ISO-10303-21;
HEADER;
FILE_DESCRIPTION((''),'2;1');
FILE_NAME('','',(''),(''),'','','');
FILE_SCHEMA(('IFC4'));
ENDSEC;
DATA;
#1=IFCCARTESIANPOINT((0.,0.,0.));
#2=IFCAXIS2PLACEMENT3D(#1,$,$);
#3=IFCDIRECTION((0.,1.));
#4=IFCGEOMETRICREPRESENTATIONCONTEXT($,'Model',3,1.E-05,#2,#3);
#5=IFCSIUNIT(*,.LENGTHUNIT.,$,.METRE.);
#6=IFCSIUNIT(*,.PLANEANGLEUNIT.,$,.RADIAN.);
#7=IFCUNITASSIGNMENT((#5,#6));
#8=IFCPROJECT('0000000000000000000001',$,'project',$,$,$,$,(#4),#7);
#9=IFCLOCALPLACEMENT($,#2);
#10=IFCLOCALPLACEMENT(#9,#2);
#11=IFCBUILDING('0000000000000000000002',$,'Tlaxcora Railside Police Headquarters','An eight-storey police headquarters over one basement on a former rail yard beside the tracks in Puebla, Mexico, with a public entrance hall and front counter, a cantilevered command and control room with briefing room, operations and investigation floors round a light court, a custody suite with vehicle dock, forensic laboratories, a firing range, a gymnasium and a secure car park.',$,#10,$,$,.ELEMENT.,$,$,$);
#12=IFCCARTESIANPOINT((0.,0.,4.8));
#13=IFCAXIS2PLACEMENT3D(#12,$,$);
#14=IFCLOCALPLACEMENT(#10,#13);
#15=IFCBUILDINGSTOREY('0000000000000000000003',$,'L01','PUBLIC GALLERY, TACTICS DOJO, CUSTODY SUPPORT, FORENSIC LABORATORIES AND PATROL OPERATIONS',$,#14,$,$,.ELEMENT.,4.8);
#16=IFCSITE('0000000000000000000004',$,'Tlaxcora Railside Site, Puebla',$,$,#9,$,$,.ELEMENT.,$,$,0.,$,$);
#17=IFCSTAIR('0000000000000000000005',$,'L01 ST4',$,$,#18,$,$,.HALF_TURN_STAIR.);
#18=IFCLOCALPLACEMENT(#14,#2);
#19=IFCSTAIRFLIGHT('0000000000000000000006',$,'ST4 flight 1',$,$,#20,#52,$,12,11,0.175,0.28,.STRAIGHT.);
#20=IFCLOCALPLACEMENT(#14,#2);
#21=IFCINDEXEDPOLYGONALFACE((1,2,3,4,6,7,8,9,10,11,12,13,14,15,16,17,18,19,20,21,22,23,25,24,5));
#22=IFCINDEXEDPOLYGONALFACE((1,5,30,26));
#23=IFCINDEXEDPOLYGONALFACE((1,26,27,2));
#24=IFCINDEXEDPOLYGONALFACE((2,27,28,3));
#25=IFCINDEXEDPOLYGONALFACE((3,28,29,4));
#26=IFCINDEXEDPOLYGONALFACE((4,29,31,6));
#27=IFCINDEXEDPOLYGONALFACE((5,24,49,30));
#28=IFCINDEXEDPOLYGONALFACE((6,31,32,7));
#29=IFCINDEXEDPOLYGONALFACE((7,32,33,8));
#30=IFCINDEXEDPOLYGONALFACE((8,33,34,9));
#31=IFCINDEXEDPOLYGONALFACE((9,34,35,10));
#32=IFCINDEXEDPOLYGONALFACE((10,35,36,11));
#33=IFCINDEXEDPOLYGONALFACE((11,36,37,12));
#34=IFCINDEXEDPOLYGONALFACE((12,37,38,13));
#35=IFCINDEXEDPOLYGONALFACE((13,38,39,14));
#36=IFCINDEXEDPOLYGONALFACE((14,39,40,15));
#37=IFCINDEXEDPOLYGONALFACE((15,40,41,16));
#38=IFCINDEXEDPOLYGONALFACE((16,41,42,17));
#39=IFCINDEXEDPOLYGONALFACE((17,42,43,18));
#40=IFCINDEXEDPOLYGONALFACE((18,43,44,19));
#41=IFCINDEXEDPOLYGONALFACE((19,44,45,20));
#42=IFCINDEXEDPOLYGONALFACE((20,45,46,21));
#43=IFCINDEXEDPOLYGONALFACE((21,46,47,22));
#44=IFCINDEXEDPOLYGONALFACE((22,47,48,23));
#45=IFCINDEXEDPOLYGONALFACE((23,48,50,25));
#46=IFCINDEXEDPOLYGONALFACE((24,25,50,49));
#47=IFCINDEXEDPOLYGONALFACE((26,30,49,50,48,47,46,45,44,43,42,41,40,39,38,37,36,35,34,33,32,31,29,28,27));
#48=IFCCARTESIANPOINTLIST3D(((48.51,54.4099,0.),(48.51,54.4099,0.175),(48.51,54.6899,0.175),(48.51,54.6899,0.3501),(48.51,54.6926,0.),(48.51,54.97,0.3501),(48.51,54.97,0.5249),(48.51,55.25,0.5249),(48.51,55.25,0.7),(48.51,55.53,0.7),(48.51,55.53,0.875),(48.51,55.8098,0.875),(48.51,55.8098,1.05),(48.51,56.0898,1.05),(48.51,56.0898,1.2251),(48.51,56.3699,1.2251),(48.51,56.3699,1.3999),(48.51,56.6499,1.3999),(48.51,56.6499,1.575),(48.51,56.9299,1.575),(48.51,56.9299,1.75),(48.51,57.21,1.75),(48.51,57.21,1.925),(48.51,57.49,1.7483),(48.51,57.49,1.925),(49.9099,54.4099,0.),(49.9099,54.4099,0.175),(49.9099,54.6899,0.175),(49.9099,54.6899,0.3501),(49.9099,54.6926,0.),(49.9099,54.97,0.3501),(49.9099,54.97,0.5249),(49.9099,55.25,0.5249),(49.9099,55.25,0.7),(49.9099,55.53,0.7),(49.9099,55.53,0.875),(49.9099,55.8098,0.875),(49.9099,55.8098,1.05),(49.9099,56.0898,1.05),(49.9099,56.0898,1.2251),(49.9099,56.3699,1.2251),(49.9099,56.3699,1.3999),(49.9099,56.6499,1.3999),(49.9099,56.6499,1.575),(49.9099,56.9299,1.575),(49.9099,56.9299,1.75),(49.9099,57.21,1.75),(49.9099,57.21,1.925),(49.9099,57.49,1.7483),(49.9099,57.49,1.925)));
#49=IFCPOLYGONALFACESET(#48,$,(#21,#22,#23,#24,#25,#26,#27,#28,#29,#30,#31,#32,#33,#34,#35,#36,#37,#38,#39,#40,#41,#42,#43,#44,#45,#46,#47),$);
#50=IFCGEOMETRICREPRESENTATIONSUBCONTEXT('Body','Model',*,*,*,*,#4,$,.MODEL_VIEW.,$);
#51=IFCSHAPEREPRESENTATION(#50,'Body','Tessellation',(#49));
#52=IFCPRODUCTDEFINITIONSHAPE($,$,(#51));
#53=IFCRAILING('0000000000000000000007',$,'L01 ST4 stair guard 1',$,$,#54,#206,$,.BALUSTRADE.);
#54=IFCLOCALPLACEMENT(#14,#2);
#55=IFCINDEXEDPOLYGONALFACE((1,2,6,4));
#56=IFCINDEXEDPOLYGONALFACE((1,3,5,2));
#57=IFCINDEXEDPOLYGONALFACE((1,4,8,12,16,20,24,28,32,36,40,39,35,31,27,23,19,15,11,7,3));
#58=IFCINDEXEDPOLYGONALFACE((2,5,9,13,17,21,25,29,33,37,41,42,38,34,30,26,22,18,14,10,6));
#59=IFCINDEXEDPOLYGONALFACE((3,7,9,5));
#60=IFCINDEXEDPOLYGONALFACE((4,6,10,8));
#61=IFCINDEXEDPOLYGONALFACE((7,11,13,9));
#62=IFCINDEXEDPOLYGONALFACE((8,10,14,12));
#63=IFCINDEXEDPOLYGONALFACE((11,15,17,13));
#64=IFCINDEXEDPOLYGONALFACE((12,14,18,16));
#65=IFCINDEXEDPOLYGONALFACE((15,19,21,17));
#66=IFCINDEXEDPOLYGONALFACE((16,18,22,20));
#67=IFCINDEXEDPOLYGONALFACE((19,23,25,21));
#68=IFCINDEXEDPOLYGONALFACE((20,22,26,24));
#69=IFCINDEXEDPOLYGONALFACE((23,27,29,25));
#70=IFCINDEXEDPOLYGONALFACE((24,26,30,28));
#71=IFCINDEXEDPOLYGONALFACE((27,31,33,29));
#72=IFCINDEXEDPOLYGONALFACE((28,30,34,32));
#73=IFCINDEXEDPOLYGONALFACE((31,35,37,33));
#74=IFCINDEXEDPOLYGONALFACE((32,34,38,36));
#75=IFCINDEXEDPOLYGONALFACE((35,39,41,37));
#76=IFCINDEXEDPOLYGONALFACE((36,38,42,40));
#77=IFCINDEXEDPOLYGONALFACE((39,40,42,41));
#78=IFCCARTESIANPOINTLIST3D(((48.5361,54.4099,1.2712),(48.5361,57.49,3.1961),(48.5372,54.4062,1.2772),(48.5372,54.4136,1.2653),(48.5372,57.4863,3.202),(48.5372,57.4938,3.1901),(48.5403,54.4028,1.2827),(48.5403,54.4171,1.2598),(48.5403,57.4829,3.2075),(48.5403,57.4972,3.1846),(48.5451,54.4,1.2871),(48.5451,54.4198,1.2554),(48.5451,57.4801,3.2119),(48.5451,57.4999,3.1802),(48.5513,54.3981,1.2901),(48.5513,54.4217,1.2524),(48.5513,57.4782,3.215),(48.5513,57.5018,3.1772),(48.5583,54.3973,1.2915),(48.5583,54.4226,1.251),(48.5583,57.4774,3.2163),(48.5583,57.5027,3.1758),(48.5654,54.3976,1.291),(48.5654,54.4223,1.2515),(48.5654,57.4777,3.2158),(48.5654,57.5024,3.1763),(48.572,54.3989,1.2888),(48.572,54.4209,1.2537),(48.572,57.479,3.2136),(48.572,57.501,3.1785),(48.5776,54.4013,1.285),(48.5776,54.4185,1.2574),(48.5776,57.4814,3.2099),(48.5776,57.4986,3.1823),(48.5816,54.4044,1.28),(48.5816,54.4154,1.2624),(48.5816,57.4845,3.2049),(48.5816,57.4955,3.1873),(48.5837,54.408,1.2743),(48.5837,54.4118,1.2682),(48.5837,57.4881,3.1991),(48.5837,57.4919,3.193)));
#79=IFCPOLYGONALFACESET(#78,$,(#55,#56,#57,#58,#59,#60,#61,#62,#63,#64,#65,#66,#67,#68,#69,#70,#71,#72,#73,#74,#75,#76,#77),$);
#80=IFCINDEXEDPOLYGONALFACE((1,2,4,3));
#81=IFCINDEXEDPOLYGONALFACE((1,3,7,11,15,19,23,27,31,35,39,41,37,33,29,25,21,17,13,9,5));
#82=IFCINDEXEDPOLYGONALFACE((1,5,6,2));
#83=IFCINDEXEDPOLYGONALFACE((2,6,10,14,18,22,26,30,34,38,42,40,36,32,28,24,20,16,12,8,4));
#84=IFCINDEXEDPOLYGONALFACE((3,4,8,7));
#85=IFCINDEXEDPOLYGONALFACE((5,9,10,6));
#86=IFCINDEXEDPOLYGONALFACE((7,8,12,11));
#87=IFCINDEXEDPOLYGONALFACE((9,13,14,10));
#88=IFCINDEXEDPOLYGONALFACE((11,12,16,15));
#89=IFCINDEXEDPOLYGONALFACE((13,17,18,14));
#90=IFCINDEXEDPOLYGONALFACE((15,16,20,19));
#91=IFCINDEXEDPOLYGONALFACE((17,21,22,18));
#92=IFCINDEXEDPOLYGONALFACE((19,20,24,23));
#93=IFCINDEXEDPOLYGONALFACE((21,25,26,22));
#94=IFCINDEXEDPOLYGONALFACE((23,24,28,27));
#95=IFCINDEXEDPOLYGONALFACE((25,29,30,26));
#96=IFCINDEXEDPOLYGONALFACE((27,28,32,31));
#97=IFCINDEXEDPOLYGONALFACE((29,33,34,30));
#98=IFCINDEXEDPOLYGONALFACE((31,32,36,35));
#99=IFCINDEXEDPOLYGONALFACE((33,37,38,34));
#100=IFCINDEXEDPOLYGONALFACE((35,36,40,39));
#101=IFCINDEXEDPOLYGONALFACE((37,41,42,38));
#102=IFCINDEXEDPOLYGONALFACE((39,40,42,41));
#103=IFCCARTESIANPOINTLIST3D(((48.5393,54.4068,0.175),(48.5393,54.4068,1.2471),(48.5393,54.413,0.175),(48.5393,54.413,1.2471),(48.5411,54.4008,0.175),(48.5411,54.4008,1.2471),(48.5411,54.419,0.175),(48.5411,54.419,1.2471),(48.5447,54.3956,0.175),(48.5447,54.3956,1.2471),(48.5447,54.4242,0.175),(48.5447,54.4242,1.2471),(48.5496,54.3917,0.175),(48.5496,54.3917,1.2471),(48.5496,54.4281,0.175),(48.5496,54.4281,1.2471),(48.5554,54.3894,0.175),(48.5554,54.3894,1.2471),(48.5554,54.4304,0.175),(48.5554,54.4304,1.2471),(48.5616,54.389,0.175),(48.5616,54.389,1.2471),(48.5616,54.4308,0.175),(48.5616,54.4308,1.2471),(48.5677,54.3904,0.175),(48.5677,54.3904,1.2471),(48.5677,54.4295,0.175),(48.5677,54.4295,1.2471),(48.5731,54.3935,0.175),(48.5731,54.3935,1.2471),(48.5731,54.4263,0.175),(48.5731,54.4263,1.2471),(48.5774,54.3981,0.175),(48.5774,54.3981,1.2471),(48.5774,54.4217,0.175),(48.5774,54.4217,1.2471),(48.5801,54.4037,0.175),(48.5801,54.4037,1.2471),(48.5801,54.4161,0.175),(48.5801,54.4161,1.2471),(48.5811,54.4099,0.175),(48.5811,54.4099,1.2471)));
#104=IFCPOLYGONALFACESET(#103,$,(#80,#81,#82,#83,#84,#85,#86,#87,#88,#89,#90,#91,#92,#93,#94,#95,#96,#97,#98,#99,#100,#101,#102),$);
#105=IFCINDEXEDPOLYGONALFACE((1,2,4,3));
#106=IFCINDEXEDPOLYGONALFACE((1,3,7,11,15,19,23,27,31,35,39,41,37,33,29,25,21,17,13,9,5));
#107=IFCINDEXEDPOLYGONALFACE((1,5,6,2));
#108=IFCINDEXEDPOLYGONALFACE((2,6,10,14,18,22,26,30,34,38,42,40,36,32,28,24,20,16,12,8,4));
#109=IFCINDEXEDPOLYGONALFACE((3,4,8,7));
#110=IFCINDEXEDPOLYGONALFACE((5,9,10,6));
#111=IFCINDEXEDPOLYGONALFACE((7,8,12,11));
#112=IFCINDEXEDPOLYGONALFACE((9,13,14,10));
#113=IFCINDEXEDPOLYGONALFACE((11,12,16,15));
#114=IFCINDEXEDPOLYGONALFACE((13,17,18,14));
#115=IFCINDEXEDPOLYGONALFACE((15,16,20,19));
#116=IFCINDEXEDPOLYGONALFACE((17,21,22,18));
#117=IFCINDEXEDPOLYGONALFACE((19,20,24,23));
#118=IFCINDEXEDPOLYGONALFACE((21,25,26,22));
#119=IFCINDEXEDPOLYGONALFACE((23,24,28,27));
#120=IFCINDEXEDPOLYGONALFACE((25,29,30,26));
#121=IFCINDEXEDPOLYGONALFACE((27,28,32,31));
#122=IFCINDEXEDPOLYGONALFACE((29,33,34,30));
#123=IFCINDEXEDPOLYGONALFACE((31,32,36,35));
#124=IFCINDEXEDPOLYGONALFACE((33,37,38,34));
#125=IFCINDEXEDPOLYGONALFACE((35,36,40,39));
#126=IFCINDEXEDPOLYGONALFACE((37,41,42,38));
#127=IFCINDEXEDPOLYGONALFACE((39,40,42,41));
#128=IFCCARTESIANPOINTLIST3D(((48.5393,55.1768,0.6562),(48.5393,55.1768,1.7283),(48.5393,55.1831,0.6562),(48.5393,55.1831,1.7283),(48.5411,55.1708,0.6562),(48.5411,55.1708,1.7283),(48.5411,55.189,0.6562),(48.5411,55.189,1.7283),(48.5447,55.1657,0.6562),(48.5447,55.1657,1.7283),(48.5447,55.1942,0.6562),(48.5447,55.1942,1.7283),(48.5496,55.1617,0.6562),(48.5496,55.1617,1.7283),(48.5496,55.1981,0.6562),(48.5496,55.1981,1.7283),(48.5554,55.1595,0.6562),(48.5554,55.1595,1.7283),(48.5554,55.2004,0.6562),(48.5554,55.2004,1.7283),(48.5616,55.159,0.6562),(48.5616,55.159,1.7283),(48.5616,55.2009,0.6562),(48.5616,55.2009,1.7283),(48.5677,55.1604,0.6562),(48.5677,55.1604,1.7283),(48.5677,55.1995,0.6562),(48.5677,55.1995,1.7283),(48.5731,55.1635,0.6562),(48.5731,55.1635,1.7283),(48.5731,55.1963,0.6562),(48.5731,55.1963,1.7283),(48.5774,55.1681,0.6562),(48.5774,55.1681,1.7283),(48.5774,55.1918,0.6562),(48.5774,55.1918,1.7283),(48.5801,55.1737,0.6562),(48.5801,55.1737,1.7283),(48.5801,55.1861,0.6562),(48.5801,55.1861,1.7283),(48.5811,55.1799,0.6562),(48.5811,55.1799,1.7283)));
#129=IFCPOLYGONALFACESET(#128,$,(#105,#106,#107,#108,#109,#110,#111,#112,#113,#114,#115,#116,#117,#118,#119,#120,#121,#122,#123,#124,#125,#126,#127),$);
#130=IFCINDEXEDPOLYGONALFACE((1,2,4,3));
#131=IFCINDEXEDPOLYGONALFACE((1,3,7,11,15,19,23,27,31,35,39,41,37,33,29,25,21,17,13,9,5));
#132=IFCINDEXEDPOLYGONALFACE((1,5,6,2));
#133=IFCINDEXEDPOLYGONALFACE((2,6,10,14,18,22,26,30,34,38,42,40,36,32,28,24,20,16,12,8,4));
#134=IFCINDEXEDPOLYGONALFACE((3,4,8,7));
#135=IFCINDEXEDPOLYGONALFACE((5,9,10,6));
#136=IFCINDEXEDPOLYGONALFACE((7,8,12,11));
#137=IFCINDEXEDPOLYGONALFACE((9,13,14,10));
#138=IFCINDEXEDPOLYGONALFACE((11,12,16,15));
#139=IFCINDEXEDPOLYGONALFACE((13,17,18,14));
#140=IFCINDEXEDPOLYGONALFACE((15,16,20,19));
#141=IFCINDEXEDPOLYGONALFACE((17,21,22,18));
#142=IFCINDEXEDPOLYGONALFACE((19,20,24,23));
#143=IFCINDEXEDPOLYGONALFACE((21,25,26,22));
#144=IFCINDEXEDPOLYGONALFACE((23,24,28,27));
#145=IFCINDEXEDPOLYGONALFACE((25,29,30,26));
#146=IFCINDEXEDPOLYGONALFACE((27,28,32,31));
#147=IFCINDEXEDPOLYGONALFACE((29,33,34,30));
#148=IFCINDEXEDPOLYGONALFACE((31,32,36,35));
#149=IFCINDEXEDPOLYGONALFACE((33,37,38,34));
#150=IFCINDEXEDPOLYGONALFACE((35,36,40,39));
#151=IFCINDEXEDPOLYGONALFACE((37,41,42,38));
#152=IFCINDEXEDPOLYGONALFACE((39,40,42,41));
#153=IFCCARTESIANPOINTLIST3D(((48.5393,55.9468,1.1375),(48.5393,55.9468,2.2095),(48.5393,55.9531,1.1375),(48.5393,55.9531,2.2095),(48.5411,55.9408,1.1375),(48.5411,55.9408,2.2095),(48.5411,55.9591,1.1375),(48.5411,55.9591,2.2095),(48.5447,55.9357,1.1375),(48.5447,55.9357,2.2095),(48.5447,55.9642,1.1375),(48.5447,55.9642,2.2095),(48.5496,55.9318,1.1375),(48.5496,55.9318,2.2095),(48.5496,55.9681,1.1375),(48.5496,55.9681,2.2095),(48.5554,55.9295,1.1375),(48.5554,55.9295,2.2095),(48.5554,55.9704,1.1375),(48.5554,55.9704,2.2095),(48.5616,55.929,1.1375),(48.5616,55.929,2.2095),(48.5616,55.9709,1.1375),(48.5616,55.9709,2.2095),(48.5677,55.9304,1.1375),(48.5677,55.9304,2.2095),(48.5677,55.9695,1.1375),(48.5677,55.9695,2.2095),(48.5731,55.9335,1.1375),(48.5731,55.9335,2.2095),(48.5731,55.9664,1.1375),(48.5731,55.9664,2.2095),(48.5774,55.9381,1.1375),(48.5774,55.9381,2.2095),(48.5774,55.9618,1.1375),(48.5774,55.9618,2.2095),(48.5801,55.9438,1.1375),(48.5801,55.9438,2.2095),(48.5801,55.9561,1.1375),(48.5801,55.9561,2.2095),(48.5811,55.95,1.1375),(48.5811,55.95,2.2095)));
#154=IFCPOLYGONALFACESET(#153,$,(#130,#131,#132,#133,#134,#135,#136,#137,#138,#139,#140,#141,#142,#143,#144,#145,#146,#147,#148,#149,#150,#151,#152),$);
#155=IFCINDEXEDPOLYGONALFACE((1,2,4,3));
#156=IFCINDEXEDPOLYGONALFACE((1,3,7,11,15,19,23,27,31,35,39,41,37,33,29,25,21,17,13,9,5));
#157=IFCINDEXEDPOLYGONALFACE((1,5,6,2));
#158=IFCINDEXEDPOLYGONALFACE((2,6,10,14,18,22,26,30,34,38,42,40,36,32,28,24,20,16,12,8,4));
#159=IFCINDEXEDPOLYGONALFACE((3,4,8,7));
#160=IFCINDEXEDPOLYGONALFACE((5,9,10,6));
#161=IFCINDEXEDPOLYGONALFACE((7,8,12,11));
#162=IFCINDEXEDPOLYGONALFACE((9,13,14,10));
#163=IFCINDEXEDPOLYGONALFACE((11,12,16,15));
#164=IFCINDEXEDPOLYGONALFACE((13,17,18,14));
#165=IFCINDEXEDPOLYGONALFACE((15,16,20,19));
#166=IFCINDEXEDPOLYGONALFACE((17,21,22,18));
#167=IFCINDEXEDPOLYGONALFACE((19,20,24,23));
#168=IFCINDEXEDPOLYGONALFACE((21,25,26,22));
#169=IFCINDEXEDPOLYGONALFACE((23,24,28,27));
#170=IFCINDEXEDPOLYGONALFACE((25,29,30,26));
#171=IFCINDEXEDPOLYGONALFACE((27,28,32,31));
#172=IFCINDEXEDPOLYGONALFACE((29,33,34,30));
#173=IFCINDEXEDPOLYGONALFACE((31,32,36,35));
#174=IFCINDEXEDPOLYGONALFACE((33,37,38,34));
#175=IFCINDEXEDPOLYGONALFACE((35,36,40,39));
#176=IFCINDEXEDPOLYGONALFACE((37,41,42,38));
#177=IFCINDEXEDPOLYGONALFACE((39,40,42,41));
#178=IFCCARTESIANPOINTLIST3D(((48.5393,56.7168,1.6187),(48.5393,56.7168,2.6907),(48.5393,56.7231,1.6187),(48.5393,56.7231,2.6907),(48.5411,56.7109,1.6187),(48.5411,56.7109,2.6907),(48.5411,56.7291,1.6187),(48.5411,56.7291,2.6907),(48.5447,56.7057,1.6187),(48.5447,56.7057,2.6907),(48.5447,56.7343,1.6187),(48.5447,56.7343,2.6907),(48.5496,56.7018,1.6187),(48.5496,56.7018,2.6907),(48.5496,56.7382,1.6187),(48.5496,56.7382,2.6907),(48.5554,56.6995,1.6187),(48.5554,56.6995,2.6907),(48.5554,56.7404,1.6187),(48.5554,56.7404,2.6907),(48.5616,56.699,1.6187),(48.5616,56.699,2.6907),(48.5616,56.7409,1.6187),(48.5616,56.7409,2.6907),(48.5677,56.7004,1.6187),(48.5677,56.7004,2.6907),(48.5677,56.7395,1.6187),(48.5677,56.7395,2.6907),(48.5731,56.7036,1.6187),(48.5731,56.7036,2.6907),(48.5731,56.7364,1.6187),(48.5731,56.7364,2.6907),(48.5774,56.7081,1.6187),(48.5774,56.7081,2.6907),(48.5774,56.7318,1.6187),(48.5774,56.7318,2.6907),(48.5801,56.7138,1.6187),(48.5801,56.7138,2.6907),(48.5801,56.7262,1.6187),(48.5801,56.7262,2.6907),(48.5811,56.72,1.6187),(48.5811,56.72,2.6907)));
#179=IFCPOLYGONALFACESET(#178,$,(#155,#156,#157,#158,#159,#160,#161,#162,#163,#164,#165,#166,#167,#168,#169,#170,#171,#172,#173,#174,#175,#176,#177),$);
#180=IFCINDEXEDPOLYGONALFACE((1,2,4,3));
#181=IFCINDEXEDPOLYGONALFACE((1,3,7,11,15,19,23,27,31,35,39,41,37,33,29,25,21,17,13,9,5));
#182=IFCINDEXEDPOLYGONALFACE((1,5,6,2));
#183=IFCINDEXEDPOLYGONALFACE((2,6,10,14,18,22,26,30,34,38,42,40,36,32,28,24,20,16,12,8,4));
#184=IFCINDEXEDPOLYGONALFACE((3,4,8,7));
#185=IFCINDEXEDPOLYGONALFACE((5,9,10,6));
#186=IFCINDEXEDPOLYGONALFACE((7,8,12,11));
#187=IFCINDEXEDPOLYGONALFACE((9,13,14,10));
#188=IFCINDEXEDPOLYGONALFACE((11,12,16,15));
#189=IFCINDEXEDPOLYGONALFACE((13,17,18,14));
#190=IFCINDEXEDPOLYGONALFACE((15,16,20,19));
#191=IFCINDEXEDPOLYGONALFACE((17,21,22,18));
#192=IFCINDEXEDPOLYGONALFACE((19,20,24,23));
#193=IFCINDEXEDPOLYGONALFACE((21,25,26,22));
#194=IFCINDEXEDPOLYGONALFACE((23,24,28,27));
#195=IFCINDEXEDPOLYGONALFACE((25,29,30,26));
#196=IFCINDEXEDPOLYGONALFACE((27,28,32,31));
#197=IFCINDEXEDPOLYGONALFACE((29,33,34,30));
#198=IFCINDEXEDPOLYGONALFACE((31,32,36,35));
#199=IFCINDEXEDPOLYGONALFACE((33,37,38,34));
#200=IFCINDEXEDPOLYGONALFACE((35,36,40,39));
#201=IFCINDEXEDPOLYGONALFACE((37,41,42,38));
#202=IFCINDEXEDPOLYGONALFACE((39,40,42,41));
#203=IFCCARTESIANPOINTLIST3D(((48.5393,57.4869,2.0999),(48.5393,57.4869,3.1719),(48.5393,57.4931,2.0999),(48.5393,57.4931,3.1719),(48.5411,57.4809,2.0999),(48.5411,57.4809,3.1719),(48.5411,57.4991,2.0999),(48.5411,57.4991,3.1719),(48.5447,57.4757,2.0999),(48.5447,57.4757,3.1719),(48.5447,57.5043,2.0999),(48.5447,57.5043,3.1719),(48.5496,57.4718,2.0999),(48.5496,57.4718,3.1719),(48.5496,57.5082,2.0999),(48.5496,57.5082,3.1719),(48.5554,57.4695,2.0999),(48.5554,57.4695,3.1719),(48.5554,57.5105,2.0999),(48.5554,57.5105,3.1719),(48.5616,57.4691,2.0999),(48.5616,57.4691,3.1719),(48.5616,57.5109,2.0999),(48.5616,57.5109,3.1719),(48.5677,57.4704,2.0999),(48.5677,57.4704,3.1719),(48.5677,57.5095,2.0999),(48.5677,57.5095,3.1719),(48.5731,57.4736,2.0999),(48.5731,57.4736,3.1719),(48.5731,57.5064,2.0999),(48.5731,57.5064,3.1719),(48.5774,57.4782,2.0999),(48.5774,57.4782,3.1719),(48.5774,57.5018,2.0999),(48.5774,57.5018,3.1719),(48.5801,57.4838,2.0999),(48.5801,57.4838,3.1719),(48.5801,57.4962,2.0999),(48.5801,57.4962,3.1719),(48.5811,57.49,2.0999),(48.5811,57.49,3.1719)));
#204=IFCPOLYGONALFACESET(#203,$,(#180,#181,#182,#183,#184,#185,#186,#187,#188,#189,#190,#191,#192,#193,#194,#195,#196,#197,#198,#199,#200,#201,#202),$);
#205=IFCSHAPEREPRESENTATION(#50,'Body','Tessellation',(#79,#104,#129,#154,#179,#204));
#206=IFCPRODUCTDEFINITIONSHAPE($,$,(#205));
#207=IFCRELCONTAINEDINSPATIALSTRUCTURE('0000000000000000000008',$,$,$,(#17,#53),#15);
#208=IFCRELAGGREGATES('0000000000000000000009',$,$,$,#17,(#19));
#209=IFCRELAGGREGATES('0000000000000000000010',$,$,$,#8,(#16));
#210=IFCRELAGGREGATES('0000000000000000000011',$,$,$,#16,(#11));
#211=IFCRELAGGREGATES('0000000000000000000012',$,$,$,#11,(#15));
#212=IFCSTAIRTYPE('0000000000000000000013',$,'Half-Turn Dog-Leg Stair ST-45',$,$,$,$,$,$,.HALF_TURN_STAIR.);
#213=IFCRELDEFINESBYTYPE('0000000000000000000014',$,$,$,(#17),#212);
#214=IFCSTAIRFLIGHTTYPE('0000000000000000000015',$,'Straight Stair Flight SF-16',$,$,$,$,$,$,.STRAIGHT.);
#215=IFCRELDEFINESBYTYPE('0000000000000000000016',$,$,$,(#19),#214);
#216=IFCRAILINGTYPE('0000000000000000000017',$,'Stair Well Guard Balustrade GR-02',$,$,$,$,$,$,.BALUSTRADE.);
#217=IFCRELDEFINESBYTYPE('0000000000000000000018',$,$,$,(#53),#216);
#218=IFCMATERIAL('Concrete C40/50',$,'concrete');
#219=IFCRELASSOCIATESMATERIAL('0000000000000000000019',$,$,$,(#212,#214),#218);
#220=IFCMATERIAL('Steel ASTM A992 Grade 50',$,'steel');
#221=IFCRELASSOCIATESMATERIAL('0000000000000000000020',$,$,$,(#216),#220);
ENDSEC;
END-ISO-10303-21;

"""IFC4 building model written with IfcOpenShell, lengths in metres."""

from ifc_helpers import new_model, si_unit, direction, frame, origin, origin_2d, place, context, subcontext, project, spatial, polyline, circle, outline, extrude, material, type_object, element, aggregate, save


model = new_model("IFC4")

# Units and contexts
model_context = context("Model", 3, precision=1e-05, world=origin(), true_north=direction((0.0, 1.0)))
body_context = subcontext(model_context, "Body", "Model", "MODEL_VIEW")
ifc_project = project(units=[si_unit("LENGTHUNIT", "METRE"), si_unit("PLANEANGLEUNIT", "RADIAN")], contexts=[model_context])

# Site, building, storey
site_placement = place(None, origin())
site = spatial("IfcSite", under=ifc_project, at=site_placement, Name="Tlaxcora Railside Site, Puebla", CompositionType="ELEMENT", RefElevation=0.0)
building_placement = place(site_placement, origin())
building = spatial("IfcBuilding", under=site, at=building_placement, Name="Tlaxcora Railside Police Headquarters", Description="An eight-storey police headquarters over one basement on a former rail yard beside the tracks in Puebla, Mexico, with a public entrance hall and front counter, a cantilevered command and control room with briefing room, operations and investigation floors round a light court, a custody suite with vehicle dock, forensic laboratories, a firing range, a gymnasium and a secure car park.", CompositionType="ELEMENT")
storey_placement = place(building_placement, frame((0.0, 0.0, 4.8)))
storey = spatial("IfcBuildingStorey", under=building, at=storey_placement, Name="L01", Description="PUBLIC GALLERY, TACTICS DOJO, CUSTODY SUPPORT, FORENSIC LABORATORIES AND PATROL OPERATIONS", CompositionType="ELEMENT", Elevation=4.8)

# Shared definitions
ifc_material_1 = material(Name="Concrete C40/50", Category="concrete")

# Shared definitions
ifc_material_2 = material(Name="Steel ASTM A992 Grade 50", Category="steel")

# Stair, stair flight
stair_type = type_object("IfcStairType", Name="Half-Turn Dog-Leg Stair ST-45", PredefinedType="HALF_TURN_STAIR", material=ifc_material_1)
stair_placement = place(storey_placement, origin())
stair = element("IfcStair", 1, at=stair_placement, inside=storey, type_object=stair_type, Name="L01 ST4", PredefinedType="HALF_TURN_STAIR")
stair_flight_type = type_object("IfcStairFlightType", Name="Straight Stair Flight SF-16", PredefinedType="STRAIGHT", material=ifc_material_1)
stair_flight_placement = place(storey_placement, frame((49.21, 54.4099, 0.0), z_axis=(0.0, 0.0, 1.0), x_axis=(0.0, 1.0, 0.0)))
stair_flight = element("IfcStairFlight", 2, at=stair_flight_placement, type_object=stair_flight_type, Name="ST4 flight 1", NumberOfRisers=12, NumberOfTreads=11, PredefinedType="STRAIGHT", RiserHeight=0.175, TreadLength=0.28, context=body_context, shape_type="SweptSolid", body=[
    extrude(outline(polyline([(0.0, 0.0), (0.0, 0.175), (0.28, 0.175), (0.28, 0.3501), (0.5601, 0.3501), (0.5601, 0.5249), (0.8401, 0.5249), (0.8401, 0.7), (1.1201, 0.7), (1.1201, 0.875), (1.3999, 0.875), (1.3999, 1.05), (1.6799, 1.05), (1.6799, 1.2251), (1.96, 1.2251), (1.96, 1.3999), (2.24, 1.3999), (2.24, 1.575), (2.52, 1.575), (2.52, 1.75), (2.8, 1.75), (2.8, 1.925), (3.0801, 1.925), (3.0801, 2.1001), (3.0801, 1.7483), (0.2827, 0.0), (0.0, 0.0)])), frame((0.0, 0.7, 0.0), z_axis=(0.0, -1.0, 0.0), x_axis=(1.0, 0.0, 0.0)), (0.0, 0.0, 1.0), 1.3999),
])
aggregate(stair, [stair_flight])

# Railing
railing_type_1 = type_object("IfcRailingType", Name="Stair Well Guard Balustrade GR-02", PredefinedType="BALUSTRADE", material=ifc_material_2)
railing_1_placement = place(storey_placement, frame((48.5601, 54.4099, 0.175)))
element("IfcRailing", 3, at=railing_1_placement, inside=storey, type_object=railing_type_1, Name="L01 ST4 stair guard 1", PredefinedType="BALUSTRADE", context=body_context, shape_type="SweptSolid", body=[
    extrude(circle(Radius=0.0239, at=origin_2d()), frame((0.0, 0.0, 1.0962), z_axis=(0.0, 0.848029, 0.529951), x_axis=(-1.0, 0.0, 0.0)), (0.0, 0.0, 1.0), 3.6321),
    extrude(circle(Radius=0.021, at=origin_2d()), origin(), (0.0, 0.0, 1.0), 1.072),
    extrude(circle(Radius=0.021, at=origin_2d()), frame((0.0, 0.77, 0.4812)), (0.0, 0.0, 1.0), 1.072),
    extrude(circle(Radius=0.021, at=origin_2d()), frame((0.0, 1.54, 0.9624)), (0.0, 0.0, 1.0), 1.072),
    extrude(circle(Radius=0.021, at=origin_2d()), frame((0.0, 2.3101, 1.4436)), (0.0, 0.0, 1.0), 1.072),
    extrude(circle(Radius=0.021, at=origin_2d()), frame((0.0, 3.0801, 1.9248)), (0.0, 0.0, 1.0), 1.072),
])

save(model, "model.ifc")
